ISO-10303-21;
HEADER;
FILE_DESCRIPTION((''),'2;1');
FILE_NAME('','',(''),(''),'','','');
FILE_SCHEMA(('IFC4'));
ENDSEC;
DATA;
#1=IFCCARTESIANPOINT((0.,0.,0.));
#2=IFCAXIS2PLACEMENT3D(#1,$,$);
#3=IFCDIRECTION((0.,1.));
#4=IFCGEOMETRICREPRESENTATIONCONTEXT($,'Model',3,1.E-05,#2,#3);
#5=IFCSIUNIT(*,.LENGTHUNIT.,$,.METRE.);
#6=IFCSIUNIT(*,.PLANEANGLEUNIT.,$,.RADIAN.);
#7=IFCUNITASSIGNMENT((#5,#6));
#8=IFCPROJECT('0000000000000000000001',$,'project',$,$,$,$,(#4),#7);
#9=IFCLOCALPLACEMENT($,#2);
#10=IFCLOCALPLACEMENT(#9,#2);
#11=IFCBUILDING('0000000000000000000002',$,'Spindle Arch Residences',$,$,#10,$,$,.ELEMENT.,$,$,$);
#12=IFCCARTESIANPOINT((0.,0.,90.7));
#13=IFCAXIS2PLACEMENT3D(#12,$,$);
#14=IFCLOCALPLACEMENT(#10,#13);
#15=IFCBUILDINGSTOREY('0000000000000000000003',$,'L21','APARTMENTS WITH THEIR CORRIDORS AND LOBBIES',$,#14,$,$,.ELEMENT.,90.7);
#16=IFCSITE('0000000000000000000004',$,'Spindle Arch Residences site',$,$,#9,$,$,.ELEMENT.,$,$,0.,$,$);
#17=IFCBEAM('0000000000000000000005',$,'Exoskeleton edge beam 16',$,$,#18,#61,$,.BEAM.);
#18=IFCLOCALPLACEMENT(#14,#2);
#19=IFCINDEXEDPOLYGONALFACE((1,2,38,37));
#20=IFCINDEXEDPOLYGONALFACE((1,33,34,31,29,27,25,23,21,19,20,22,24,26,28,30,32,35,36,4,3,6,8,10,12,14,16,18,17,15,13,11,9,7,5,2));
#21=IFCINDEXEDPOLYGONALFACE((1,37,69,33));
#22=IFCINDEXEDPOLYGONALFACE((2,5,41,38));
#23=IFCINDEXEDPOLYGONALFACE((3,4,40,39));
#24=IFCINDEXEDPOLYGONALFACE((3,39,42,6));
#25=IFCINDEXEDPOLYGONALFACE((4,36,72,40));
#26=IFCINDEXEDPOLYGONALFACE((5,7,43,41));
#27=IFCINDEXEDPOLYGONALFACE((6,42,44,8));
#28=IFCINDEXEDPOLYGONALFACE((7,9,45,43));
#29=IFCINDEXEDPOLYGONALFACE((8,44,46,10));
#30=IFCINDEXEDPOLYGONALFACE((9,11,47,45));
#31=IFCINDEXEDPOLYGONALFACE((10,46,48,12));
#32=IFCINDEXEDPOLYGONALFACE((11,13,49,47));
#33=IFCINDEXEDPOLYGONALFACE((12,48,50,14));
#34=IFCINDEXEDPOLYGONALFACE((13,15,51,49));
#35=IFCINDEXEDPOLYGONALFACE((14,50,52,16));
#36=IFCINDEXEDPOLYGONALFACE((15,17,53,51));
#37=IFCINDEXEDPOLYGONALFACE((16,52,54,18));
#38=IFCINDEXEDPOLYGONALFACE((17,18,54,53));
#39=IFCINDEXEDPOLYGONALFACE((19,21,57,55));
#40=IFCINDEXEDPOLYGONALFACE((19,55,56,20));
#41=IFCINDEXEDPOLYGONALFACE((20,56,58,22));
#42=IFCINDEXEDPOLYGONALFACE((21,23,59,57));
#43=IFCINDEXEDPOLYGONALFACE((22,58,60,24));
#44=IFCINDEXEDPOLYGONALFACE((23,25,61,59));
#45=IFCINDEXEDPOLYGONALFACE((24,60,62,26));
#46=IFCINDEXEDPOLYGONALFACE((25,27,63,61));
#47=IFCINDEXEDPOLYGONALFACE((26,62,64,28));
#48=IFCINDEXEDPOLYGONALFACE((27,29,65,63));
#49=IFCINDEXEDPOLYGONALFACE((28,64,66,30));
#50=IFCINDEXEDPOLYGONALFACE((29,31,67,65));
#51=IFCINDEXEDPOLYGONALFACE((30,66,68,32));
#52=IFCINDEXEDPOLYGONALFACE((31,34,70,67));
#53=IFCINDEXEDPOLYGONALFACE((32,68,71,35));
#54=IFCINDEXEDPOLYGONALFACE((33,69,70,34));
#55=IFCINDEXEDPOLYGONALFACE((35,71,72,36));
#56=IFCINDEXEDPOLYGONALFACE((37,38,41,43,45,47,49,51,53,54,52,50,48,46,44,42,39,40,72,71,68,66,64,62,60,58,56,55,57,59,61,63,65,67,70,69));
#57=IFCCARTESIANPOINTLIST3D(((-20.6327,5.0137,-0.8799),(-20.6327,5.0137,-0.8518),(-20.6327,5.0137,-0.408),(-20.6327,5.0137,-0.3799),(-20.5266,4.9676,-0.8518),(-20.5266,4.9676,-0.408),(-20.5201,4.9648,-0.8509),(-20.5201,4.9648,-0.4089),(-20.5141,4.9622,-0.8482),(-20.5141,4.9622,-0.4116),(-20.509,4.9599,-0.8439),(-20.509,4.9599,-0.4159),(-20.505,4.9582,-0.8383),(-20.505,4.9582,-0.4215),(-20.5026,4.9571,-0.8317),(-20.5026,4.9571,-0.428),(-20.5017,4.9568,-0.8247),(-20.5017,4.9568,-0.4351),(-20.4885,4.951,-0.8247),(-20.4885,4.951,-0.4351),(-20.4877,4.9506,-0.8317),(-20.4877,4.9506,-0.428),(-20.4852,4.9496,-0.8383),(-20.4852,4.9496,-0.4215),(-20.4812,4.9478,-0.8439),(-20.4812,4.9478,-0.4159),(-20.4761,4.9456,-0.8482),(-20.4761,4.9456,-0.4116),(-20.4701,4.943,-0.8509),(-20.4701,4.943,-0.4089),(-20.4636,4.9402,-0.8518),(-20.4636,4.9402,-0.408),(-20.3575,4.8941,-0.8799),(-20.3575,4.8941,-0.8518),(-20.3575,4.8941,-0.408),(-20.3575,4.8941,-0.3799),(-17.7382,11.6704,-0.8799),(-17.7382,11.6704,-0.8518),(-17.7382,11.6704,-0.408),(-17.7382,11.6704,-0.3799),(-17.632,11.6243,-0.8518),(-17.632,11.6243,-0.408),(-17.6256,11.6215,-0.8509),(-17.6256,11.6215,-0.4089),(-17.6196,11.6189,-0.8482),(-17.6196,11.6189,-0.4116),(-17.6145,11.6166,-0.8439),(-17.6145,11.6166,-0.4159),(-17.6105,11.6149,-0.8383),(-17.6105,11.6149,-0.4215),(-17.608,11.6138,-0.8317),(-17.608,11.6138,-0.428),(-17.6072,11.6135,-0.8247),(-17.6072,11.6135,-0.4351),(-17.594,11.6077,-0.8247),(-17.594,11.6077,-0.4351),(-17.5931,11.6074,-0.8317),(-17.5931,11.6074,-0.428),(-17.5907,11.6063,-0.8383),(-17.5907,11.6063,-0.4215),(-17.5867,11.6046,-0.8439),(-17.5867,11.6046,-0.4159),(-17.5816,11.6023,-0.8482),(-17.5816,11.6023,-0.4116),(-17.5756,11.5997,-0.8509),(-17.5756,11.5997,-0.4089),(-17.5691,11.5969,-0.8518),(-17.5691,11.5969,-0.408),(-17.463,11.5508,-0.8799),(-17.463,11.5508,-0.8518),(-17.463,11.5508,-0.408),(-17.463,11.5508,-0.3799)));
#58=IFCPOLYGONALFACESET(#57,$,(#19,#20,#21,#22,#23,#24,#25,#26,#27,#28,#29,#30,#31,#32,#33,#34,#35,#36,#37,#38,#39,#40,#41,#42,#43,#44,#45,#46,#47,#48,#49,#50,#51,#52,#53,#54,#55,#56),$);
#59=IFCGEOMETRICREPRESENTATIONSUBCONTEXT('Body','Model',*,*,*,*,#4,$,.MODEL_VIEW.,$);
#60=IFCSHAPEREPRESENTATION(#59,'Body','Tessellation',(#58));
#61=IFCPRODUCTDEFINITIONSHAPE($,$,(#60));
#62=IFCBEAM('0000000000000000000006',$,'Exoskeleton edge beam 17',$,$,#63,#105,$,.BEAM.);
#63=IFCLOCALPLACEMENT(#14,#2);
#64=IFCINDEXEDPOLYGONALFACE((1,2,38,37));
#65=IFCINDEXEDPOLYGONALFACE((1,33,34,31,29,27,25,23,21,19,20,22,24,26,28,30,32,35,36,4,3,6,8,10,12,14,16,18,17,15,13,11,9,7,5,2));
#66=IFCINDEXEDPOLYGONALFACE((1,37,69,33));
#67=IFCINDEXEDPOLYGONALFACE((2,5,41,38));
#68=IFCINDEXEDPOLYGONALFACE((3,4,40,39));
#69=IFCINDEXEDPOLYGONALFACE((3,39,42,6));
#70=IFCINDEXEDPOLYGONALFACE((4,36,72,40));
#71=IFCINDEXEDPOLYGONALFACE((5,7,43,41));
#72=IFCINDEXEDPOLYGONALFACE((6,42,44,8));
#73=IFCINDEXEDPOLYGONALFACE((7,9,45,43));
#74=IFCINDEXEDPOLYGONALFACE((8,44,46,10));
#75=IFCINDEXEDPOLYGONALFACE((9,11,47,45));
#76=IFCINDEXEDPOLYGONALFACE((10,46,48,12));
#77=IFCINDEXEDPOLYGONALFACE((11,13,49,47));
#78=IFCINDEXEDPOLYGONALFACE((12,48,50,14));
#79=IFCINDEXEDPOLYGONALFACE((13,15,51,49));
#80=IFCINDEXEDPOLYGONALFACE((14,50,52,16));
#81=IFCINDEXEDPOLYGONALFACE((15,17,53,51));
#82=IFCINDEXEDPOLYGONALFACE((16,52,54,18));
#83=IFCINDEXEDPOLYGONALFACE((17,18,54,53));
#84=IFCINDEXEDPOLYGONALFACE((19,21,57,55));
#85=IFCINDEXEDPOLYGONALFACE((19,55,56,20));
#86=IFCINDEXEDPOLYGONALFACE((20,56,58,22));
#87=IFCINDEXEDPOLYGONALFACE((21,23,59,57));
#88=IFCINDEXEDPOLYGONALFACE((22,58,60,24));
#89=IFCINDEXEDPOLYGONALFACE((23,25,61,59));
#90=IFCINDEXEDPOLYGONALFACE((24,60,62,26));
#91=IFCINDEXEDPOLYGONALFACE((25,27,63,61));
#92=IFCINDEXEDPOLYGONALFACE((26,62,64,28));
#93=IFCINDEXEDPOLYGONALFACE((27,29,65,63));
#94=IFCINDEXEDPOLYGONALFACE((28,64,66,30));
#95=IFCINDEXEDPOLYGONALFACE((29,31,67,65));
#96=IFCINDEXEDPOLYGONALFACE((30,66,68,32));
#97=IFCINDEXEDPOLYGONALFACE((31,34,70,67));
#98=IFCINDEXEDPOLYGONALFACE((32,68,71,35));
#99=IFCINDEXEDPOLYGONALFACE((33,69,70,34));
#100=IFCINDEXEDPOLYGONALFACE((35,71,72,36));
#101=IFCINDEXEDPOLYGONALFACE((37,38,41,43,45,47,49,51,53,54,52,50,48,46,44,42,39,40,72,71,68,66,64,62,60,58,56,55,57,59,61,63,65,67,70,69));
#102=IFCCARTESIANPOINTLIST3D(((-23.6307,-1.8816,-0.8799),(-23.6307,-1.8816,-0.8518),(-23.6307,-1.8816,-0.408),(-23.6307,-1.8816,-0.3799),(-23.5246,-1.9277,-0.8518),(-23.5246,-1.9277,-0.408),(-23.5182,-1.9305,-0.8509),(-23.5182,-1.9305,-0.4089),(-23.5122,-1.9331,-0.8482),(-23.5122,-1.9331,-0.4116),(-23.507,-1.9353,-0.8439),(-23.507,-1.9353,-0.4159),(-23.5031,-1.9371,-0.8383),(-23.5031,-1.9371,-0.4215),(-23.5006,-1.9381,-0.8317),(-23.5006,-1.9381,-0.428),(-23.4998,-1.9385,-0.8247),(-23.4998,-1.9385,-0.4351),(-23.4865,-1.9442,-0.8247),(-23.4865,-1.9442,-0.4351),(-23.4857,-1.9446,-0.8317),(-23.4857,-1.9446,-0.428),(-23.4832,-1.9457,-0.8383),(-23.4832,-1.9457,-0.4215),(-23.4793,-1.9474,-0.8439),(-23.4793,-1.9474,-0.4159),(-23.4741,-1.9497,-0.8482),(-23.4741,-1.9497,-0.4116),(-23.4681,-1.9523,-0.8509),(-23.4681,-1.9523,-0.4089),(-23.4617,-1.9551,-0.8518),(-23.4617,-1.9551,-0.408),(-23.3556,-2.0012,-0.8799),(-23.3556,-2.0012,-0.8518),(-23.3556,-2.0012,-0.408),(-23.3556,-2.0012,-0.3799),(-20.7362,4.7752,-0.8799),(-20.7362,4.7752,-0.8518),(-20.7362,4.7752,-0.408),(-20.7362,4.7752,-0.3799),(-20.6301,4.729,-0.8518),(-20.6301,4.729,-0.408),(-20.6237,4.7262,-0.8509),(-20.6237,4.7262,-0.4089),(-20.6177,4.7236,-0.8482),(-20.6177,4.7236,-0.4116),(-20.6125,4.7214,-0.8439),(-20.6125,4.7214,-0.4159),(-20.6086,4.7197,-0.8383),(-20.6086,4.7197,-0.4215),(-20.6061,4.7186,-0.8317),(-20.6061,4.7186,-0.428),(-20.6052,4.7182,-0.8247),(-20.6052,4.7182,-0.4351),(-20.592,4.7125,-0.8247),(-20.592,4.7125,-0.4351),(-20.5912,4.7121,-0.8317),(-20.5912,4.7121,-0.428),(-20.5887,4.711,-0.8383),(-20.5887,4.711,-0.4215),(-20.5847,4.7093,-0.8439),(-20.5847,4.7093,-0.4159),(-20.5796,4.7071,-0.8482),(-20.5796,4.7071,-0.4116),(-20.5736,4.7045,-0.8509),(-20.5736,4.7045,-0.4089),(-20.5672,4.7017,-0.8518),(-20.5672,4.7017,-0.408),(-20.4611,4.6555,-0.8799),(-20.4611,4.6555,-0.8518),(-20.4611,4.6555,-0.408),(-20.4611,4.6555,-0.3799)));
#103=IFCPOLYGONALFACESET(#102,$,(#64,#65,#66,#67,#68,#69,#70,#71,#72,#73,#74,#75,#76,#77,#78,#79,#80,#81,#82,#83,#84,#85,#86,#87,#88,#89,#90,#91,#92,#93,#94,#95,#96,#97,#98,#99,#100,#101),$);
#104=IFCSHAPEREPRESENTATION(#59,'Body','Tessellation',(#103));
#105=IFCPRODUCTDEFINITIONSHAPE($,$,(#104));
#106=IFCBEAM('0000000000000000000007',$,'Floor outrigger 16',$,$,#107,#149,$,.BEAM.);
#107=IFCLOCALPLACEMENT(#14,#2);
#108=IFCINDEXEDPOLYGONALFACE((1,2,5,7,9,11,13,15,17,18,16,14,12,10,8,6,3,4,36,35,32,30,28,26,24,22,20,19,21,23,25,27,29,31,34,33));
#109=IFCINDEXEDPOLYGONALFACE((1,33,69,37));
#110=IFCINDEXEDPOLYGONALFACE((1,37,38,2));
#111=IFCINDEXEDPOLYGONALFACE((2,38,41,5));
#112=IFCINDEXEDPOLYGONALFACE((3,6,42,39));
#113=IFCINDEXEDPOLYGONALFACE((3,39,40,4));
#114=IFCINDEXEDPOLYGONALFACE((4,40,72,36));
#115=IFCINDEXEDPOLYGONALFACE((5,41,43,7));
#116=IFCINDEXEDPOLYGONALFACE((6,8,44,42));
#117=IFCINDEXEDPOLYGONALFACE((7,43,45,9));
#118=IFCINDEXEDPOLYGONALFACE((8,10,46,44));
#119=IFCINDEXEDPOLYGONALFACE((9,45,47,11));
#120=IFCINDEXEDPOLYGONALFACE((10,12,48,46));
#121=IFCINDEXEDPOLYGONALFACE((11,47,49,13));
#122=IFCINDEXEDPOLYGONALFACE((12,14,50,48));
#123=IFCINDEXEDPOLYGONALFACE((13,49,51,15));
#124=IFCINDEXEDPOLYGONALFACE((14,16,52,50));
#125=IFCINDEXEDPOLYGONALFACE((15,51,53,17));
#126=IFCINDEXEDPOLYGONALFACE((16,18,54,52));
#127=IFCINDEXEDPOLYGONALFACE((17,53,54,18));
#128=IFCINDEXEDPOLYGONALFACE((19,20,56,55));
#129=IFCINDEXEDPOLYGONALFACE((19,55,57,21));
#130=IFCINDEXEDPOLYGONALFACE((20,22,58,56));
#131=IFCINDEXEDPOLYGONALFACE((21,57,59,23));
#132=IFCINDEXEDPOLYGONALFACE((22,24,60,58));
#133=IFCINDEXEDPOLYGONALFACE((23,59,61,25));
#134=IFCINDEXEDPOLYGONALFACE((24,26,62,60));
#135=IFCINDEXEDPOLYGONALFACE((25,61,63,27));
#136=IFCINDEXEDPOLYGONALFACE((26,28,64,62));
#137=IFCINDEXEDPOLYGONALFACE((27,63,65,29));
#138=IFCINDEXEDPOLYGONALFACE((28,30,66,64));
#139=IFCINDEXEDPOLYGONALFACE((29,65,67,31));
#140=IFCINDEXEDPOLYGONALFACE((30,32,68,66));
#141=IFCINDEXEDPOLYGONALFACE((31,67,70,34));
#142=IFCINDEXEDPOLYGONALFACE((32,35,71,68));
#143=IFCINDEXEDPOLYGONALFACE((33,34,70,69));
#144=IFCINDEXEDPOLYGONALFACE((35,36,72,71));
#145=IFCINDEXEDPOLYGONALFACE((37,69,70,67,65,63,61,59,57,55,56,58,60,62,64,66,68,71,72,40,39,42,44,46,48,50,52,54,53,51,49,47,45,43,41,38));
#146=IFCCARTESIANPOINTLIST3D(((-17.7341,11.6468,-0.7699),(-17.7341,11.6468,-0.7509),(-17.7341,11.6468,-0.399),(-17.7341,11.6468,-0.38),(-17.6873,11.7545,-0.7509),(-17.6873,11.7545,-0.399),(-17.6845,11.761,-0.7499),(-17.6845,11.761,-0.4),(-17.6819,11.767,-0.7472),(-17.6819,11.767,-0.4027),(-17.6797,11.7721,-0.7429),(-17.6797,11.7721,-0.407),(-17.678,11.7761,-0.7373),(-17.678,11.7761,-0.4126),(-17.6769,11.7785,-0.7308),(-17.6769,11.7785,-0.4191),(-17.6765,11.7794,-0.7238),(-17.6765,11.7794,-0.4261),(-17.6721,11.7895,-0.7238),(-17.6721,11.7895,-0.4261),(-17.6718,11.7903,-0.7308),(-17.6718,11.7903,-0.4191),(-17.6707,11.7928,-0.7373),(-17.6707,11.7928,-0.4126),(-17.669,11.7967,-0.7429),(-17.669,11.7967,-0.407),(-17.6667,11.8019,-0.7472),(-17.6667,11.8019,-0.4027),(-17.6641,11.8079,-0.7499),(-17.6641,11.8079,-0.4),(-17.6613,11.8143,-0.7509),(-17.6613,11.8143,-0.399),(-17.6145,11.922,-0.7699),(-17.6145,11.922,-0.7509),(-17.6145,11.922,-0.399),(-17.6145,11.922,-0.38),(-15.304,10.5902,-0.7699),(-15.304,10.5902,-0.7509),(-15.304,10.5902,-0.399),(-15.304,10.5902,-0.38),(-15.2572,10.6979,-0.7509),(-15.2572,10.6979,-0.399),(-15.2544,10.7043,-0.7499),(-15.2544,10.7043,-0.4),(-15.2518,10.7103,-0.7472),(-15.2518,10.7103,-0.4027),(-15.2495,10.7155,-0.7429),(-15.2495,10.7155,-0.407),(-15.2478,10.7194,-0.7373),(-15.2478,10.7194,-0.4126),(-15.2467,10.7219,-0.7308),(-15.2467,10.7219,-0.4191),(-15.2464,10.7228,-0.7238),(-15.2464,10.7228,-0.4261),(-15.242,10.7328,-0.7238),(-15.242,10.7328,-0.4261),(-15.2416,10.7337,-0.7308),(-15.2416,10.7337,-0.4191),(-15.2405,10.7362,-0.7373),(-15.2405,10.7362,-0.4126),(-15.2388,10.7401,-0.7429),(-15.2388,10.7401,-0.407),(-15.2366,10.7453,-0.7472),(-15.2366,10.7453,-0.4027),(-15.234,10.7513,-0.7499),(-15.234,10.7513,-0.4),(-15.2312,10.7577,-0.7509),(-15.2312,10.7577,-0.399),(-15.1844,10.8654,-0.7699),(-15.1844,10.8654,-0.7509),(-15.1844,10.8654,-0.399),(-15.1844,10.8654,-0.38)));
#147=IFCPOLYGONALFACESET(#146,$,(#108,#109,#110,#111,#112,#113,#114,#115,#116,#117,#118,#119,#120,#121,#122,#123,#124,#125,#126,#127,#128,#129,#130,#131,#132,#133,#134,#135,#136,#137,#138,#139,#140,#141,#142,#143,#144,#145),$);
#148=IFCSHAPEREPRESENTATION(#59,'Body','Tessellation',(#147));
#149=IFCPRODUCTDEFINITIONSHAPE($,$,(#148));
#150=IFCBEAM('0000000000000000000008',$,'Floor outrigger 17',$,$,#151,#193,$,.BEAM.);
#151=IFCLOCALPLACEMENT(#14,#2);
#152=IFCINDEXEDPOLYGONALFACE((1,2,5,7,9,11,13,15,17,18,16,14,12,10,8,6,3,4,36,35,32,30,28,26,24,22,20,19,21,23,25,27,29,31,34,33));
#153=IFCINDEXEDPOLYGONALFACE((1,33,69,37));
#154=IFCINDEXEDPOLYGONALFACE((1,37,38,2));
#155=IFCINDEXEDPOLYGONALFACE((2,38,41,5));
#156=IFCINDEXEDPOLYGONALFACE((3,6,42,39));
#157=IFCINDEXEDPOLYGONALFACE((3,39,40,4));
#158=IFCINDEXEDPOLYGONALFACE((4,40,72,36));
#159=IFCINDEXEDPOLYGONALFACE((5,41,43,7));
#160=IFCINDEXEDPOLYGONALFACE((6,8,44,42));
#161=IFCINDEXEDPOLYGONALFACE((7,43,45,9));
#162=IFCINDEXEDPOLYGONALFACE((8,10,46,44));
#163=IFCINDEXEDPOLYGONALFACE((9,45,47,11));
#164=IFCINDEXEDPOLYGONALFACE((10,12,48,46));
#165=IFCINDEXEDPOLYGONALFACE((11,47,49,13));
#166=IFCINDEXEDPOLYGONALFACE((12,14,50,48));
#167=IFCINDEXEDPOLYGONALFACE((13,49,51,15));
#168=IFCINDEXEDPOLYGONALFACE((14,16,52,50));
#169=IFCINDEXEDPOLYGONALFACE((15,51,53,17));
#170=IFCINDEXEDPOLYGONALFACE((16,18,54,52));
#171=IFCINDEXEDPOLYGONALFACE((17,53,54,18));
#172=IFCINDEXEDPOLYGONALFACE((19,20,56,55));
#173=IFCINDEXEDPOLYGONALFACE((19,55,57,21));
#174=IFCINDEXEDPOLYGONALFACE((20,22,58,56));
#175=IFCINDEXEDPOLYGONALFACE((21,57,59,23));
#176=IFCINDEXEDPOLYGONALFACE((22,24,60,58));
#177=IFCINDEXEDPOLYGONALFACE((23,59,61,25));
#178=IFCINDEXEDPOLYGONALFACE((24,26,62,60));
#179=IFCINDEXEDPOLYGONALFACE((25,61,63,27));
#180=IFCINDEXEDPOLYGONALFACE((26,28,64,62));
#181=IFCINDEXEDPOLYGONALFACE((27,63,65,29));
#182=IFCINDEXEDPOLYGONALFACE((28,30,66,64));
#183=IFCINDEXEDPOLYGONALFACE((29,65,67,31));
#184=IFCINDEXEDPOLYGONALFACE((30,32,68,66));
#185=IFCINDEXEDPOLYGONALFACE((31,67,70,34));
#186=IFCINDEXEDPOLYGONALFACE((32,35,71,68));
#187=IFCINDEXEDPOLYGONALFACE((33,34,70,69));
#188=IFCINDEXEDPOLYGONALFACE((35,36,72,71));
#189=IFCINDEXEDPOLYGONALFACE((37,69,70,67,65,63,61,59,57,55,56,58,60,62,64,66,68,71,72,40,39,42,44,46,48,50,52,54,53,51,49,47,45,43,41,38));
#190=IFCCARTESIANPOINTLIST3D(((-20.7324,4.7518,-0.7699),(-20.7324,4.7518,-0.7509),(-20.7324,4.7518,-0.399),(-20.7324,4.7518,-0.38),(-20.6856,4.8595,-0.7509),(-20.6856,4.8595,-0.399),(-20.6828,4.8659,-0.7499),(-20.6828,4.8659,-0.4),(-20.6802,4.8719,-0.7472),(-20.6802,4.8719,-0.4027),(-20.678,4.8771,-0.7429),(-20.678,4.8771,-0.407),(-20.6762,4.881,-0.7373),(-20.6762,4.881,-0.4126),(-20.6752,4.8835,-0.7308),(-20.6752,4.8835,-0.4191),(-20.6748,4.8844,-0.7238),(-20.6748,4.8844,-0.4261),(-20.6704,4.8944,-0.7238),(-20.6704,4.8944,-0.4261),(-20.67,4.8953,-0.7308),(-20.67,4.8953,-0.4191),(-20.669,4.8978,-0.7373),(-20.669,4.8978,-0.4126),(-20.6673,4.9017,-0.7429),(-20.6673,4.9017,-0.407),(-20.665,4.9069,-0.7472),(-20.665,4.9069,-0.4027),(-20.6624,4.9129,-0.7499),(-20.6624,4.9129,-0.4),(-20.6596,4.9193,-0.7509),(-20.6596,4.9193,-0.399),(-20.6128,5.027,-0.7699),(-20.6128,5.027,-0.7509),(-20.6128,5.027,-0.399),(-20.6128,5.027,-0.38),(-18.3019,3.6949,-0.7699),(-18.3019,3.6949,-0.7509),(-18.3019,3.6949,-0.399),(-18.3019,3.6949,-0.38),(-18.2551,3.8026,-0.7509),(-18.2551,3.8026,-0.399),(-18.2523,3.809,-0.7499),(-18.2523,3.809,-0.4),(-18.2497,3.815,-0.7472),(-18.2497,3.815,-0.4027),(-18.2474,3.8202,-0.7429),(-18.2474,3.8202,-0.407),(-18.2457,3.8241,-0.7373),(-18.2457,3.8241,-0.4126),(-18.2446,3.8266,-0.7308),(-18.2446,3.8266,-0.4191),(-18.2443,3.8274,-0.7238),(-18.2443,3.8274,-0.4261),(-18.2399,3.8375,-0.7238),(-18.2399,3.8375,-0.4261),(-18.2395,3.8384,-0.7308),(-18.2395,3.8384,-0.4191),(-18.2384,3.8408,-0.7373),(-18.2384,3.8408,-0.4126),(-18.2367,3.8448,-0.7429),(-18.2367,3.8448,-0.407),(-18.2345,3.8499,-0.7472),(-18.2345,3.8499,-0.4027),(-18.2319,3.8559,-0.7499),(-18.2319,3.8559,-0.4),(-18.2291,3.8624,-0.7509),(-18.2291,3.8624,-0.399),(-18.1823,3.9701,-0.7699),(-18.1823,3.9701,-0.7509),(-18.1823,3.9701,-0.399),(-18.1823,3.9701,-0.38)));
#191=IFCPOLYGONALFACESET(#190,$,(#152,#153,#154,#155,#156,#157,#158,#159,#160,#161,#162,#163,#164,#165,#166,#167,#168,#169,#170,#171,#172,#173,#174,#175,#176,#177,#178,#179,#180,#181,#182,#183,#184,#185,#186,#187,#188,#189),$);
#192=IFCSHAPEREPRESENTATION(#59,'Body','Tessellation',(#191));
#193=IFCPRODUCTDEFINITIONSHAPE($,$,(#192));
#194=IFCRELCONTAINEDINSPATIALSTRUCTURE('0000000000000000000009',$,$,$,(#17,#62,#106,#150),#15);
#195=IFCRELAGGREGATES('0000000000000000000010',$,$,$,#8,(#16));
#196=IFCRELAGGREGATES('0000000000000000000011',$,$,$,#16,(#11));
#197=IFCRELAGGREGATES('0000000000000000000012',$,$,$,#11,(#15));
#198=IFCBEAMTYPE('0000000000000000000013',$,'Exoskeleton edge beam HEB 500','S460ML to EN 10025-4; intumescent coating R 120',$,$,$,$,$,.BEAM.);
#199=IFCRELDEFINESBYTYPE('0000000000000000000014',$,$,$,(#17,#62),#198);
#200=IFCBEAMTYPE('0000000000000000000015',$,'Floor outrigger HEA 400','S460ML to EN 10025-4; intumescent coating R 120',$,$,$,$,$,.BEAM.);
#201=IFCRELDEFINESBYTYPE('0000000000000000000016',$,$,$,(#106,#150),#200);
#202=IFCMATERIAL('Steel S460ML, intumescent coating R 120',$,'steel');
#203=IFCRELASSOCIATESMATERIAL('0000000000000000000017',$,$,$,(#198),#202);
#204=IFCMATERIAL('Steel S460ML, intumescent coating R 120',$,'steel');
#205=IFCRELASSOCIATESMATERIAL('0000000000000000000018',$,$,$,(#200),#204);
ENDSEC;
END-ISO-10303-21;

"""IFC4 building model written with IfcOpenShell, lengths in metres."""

from ifc_helpers import new_model, si_unit, direction, frame, origin, origin_2d, place, context, subcontext, project, spatial, i_section, extrude, material, material_profile, profile_set, type_object, element, save


model = new_model("IFC4")

# Units and contexts
model_context = context("Model", 3, precision=1e-05, world=origin(), true_north=direction((0.0, 1.0)))
body_context = subcontext(model_context, "Body", "Model", "MODEL_VIEW")
ifc_project = project(units=[si_unit("LENGTHUNIT", "METRE"), si_unit("PLANEANGLEUNIT", "RADIAN")], contexts=[model_context])

# Site, building, storey
site_placement = place(None, origin())
site = spatial("IfcSite", under=ifc_project, at=site_placement, Name="Spindle Arch Residences site", CompositionType="ELEMENT", RefElevation=0.0)
building_placement = place(site_placement, origin())
building = spatial("IfcBuilding", under=site, at=building_placement, Name="Spindle Arch Residences", CompositionType="ELEMENT")
storey_placement = place(building_placement, frame((0.0, 0.0, 90.7)))
storey = spatial("IfcBuildingStorey", under=building, at=storey_placement, Name="L21", Description="APARTMENTS WITH THEIR CORRIDORS AND LOBBIES", CompositionType="ELEMENT", Elevation=90.7)

# Beams
ifc_material_1 = material(Name="Steel S460ML, intumescent coating R 120", Category="steel")
ifc_material_profile_1 = material_profile(ifc_material_1, i_section(OverallWidth=0.3, OverallDepth=0.5, WebThickness=0.0144, FlangeThickness=0.0281, FilletRadius=0.0271, at=origin_2d()), Name="HEB 500")
ifc_profile_set_1 = profile_set([ifc_material_profile_1], Name="Steel S460ML, intumescent coating R 120")
beam_type_1 = type_object("IfcBeamType", Name="Exoskeleton edge beam HEB 500", Description="S460ML to EN 10025-4; intumescent coating R 120", PredefinedType="BEAM", material=ifc_profile_set_1)
for number, where, z_axis, x_axis, name in (
    (1, (-17.6006, 11.6106, -0.6299), (-0.398761, -0.917055, 0.0), (0.917055, -0.398761, 0.0), "Exoskeleton edge beam 16"),
    (2, (-20.5986, 4.7153, -0.6299), (-0.398761, -0.917055, 0.0), (0.917055, -0.398761, 0.0), "Exoskeleton edge beam 17"),
):
    element("IfcBeam", number, at=place(storey_placement, frame(where, z_axis=z_axis, x_axis=x_axis)), inside=storey, type_object=beam_type_1, Name=name, PredefinedType="BEAM", context=body_context, shape_type="SweptSolid", body=[
        extrude(i_section(OverallWidth=0.3, OverallDepth=0.5, WebThickness=0.0144, FlangeThickness=0.0281, FilletRadius=0.0271, at=origin_2d()), origin(), (0.0, 0.0, 1.0), 7.2588),
    ])
ifc_material_2 = material(Name="Steel S460ML, intumescent coating R 120", Category="steel")
ifc_material_profile_2 = material_profile(ifc_material_2, i_section(OverallWidth=0.3, OverallDepth=0.3899, WebThickness=0.011, FlangeThickness=0.019, FilletRadius=0.0271, at=origin_2d()), Name="HEA 400")
ifc_profile_set_2 = profile_set([ifc_material_profile_2], Name="Steel S460ML, intumescent coating R 120")
beam_type_2 = type_object("IfcBeamType", Name="Floor outrigger HEA 400", Description="S460ML to EN 10025-4; intumescent coating R 120", PredefinedType="BEAM", material=ifc_profile_set_2)
beam_1_placement = place(storey_placement, frame((-17.6743, 11.7844, -0.575), z_axis=(0.917064, -0.39874, 0.0), x_axis=(0.39874, 0.917064, 0.0)))
element("IfcBeam", 3, at=beam_1_placement, inside=storey, type_object=beam_type_2, Name="Floor outrigger 16", PredefinedType="BEAM", context=body_context, shape_type="SweptSolid", body=[
    extrude(i_section(OverallWidth=0.3, OverallDepth=0.3899, WebThickness=0.011, FlangeThickness=0.019, FilletRadius=0.0271, at=origin_2d()), origin(), (0.0, 0.0, 1.0), 2.6499),
])
beam_2_placement = place(storey_placement, frame((-20.6726, 4.8894, -0.575), z_axis=(0.917045, -0.398783, 0.0), x_axis=(0.398783, 0.917045, 0.0)))
element("IfcBeam", 4, at=beam_2_placement, inside=storey, type_object=beam_type_2, Name="Floor outrigger 17", PredefinedType="BEAM", context=body_context, shape_type="SweptSolid", body=[
    extrude(i_section(OverallWidth=0.3, OverallDepth=0.3899, WebThickness=0.011, FlangeThickness=0.019, FilletRadius=0.0271, at=origin_2d()), origin(), (0.0, 0.0, 1.0), 2.6504),
])

save(model, "model.ifc")
